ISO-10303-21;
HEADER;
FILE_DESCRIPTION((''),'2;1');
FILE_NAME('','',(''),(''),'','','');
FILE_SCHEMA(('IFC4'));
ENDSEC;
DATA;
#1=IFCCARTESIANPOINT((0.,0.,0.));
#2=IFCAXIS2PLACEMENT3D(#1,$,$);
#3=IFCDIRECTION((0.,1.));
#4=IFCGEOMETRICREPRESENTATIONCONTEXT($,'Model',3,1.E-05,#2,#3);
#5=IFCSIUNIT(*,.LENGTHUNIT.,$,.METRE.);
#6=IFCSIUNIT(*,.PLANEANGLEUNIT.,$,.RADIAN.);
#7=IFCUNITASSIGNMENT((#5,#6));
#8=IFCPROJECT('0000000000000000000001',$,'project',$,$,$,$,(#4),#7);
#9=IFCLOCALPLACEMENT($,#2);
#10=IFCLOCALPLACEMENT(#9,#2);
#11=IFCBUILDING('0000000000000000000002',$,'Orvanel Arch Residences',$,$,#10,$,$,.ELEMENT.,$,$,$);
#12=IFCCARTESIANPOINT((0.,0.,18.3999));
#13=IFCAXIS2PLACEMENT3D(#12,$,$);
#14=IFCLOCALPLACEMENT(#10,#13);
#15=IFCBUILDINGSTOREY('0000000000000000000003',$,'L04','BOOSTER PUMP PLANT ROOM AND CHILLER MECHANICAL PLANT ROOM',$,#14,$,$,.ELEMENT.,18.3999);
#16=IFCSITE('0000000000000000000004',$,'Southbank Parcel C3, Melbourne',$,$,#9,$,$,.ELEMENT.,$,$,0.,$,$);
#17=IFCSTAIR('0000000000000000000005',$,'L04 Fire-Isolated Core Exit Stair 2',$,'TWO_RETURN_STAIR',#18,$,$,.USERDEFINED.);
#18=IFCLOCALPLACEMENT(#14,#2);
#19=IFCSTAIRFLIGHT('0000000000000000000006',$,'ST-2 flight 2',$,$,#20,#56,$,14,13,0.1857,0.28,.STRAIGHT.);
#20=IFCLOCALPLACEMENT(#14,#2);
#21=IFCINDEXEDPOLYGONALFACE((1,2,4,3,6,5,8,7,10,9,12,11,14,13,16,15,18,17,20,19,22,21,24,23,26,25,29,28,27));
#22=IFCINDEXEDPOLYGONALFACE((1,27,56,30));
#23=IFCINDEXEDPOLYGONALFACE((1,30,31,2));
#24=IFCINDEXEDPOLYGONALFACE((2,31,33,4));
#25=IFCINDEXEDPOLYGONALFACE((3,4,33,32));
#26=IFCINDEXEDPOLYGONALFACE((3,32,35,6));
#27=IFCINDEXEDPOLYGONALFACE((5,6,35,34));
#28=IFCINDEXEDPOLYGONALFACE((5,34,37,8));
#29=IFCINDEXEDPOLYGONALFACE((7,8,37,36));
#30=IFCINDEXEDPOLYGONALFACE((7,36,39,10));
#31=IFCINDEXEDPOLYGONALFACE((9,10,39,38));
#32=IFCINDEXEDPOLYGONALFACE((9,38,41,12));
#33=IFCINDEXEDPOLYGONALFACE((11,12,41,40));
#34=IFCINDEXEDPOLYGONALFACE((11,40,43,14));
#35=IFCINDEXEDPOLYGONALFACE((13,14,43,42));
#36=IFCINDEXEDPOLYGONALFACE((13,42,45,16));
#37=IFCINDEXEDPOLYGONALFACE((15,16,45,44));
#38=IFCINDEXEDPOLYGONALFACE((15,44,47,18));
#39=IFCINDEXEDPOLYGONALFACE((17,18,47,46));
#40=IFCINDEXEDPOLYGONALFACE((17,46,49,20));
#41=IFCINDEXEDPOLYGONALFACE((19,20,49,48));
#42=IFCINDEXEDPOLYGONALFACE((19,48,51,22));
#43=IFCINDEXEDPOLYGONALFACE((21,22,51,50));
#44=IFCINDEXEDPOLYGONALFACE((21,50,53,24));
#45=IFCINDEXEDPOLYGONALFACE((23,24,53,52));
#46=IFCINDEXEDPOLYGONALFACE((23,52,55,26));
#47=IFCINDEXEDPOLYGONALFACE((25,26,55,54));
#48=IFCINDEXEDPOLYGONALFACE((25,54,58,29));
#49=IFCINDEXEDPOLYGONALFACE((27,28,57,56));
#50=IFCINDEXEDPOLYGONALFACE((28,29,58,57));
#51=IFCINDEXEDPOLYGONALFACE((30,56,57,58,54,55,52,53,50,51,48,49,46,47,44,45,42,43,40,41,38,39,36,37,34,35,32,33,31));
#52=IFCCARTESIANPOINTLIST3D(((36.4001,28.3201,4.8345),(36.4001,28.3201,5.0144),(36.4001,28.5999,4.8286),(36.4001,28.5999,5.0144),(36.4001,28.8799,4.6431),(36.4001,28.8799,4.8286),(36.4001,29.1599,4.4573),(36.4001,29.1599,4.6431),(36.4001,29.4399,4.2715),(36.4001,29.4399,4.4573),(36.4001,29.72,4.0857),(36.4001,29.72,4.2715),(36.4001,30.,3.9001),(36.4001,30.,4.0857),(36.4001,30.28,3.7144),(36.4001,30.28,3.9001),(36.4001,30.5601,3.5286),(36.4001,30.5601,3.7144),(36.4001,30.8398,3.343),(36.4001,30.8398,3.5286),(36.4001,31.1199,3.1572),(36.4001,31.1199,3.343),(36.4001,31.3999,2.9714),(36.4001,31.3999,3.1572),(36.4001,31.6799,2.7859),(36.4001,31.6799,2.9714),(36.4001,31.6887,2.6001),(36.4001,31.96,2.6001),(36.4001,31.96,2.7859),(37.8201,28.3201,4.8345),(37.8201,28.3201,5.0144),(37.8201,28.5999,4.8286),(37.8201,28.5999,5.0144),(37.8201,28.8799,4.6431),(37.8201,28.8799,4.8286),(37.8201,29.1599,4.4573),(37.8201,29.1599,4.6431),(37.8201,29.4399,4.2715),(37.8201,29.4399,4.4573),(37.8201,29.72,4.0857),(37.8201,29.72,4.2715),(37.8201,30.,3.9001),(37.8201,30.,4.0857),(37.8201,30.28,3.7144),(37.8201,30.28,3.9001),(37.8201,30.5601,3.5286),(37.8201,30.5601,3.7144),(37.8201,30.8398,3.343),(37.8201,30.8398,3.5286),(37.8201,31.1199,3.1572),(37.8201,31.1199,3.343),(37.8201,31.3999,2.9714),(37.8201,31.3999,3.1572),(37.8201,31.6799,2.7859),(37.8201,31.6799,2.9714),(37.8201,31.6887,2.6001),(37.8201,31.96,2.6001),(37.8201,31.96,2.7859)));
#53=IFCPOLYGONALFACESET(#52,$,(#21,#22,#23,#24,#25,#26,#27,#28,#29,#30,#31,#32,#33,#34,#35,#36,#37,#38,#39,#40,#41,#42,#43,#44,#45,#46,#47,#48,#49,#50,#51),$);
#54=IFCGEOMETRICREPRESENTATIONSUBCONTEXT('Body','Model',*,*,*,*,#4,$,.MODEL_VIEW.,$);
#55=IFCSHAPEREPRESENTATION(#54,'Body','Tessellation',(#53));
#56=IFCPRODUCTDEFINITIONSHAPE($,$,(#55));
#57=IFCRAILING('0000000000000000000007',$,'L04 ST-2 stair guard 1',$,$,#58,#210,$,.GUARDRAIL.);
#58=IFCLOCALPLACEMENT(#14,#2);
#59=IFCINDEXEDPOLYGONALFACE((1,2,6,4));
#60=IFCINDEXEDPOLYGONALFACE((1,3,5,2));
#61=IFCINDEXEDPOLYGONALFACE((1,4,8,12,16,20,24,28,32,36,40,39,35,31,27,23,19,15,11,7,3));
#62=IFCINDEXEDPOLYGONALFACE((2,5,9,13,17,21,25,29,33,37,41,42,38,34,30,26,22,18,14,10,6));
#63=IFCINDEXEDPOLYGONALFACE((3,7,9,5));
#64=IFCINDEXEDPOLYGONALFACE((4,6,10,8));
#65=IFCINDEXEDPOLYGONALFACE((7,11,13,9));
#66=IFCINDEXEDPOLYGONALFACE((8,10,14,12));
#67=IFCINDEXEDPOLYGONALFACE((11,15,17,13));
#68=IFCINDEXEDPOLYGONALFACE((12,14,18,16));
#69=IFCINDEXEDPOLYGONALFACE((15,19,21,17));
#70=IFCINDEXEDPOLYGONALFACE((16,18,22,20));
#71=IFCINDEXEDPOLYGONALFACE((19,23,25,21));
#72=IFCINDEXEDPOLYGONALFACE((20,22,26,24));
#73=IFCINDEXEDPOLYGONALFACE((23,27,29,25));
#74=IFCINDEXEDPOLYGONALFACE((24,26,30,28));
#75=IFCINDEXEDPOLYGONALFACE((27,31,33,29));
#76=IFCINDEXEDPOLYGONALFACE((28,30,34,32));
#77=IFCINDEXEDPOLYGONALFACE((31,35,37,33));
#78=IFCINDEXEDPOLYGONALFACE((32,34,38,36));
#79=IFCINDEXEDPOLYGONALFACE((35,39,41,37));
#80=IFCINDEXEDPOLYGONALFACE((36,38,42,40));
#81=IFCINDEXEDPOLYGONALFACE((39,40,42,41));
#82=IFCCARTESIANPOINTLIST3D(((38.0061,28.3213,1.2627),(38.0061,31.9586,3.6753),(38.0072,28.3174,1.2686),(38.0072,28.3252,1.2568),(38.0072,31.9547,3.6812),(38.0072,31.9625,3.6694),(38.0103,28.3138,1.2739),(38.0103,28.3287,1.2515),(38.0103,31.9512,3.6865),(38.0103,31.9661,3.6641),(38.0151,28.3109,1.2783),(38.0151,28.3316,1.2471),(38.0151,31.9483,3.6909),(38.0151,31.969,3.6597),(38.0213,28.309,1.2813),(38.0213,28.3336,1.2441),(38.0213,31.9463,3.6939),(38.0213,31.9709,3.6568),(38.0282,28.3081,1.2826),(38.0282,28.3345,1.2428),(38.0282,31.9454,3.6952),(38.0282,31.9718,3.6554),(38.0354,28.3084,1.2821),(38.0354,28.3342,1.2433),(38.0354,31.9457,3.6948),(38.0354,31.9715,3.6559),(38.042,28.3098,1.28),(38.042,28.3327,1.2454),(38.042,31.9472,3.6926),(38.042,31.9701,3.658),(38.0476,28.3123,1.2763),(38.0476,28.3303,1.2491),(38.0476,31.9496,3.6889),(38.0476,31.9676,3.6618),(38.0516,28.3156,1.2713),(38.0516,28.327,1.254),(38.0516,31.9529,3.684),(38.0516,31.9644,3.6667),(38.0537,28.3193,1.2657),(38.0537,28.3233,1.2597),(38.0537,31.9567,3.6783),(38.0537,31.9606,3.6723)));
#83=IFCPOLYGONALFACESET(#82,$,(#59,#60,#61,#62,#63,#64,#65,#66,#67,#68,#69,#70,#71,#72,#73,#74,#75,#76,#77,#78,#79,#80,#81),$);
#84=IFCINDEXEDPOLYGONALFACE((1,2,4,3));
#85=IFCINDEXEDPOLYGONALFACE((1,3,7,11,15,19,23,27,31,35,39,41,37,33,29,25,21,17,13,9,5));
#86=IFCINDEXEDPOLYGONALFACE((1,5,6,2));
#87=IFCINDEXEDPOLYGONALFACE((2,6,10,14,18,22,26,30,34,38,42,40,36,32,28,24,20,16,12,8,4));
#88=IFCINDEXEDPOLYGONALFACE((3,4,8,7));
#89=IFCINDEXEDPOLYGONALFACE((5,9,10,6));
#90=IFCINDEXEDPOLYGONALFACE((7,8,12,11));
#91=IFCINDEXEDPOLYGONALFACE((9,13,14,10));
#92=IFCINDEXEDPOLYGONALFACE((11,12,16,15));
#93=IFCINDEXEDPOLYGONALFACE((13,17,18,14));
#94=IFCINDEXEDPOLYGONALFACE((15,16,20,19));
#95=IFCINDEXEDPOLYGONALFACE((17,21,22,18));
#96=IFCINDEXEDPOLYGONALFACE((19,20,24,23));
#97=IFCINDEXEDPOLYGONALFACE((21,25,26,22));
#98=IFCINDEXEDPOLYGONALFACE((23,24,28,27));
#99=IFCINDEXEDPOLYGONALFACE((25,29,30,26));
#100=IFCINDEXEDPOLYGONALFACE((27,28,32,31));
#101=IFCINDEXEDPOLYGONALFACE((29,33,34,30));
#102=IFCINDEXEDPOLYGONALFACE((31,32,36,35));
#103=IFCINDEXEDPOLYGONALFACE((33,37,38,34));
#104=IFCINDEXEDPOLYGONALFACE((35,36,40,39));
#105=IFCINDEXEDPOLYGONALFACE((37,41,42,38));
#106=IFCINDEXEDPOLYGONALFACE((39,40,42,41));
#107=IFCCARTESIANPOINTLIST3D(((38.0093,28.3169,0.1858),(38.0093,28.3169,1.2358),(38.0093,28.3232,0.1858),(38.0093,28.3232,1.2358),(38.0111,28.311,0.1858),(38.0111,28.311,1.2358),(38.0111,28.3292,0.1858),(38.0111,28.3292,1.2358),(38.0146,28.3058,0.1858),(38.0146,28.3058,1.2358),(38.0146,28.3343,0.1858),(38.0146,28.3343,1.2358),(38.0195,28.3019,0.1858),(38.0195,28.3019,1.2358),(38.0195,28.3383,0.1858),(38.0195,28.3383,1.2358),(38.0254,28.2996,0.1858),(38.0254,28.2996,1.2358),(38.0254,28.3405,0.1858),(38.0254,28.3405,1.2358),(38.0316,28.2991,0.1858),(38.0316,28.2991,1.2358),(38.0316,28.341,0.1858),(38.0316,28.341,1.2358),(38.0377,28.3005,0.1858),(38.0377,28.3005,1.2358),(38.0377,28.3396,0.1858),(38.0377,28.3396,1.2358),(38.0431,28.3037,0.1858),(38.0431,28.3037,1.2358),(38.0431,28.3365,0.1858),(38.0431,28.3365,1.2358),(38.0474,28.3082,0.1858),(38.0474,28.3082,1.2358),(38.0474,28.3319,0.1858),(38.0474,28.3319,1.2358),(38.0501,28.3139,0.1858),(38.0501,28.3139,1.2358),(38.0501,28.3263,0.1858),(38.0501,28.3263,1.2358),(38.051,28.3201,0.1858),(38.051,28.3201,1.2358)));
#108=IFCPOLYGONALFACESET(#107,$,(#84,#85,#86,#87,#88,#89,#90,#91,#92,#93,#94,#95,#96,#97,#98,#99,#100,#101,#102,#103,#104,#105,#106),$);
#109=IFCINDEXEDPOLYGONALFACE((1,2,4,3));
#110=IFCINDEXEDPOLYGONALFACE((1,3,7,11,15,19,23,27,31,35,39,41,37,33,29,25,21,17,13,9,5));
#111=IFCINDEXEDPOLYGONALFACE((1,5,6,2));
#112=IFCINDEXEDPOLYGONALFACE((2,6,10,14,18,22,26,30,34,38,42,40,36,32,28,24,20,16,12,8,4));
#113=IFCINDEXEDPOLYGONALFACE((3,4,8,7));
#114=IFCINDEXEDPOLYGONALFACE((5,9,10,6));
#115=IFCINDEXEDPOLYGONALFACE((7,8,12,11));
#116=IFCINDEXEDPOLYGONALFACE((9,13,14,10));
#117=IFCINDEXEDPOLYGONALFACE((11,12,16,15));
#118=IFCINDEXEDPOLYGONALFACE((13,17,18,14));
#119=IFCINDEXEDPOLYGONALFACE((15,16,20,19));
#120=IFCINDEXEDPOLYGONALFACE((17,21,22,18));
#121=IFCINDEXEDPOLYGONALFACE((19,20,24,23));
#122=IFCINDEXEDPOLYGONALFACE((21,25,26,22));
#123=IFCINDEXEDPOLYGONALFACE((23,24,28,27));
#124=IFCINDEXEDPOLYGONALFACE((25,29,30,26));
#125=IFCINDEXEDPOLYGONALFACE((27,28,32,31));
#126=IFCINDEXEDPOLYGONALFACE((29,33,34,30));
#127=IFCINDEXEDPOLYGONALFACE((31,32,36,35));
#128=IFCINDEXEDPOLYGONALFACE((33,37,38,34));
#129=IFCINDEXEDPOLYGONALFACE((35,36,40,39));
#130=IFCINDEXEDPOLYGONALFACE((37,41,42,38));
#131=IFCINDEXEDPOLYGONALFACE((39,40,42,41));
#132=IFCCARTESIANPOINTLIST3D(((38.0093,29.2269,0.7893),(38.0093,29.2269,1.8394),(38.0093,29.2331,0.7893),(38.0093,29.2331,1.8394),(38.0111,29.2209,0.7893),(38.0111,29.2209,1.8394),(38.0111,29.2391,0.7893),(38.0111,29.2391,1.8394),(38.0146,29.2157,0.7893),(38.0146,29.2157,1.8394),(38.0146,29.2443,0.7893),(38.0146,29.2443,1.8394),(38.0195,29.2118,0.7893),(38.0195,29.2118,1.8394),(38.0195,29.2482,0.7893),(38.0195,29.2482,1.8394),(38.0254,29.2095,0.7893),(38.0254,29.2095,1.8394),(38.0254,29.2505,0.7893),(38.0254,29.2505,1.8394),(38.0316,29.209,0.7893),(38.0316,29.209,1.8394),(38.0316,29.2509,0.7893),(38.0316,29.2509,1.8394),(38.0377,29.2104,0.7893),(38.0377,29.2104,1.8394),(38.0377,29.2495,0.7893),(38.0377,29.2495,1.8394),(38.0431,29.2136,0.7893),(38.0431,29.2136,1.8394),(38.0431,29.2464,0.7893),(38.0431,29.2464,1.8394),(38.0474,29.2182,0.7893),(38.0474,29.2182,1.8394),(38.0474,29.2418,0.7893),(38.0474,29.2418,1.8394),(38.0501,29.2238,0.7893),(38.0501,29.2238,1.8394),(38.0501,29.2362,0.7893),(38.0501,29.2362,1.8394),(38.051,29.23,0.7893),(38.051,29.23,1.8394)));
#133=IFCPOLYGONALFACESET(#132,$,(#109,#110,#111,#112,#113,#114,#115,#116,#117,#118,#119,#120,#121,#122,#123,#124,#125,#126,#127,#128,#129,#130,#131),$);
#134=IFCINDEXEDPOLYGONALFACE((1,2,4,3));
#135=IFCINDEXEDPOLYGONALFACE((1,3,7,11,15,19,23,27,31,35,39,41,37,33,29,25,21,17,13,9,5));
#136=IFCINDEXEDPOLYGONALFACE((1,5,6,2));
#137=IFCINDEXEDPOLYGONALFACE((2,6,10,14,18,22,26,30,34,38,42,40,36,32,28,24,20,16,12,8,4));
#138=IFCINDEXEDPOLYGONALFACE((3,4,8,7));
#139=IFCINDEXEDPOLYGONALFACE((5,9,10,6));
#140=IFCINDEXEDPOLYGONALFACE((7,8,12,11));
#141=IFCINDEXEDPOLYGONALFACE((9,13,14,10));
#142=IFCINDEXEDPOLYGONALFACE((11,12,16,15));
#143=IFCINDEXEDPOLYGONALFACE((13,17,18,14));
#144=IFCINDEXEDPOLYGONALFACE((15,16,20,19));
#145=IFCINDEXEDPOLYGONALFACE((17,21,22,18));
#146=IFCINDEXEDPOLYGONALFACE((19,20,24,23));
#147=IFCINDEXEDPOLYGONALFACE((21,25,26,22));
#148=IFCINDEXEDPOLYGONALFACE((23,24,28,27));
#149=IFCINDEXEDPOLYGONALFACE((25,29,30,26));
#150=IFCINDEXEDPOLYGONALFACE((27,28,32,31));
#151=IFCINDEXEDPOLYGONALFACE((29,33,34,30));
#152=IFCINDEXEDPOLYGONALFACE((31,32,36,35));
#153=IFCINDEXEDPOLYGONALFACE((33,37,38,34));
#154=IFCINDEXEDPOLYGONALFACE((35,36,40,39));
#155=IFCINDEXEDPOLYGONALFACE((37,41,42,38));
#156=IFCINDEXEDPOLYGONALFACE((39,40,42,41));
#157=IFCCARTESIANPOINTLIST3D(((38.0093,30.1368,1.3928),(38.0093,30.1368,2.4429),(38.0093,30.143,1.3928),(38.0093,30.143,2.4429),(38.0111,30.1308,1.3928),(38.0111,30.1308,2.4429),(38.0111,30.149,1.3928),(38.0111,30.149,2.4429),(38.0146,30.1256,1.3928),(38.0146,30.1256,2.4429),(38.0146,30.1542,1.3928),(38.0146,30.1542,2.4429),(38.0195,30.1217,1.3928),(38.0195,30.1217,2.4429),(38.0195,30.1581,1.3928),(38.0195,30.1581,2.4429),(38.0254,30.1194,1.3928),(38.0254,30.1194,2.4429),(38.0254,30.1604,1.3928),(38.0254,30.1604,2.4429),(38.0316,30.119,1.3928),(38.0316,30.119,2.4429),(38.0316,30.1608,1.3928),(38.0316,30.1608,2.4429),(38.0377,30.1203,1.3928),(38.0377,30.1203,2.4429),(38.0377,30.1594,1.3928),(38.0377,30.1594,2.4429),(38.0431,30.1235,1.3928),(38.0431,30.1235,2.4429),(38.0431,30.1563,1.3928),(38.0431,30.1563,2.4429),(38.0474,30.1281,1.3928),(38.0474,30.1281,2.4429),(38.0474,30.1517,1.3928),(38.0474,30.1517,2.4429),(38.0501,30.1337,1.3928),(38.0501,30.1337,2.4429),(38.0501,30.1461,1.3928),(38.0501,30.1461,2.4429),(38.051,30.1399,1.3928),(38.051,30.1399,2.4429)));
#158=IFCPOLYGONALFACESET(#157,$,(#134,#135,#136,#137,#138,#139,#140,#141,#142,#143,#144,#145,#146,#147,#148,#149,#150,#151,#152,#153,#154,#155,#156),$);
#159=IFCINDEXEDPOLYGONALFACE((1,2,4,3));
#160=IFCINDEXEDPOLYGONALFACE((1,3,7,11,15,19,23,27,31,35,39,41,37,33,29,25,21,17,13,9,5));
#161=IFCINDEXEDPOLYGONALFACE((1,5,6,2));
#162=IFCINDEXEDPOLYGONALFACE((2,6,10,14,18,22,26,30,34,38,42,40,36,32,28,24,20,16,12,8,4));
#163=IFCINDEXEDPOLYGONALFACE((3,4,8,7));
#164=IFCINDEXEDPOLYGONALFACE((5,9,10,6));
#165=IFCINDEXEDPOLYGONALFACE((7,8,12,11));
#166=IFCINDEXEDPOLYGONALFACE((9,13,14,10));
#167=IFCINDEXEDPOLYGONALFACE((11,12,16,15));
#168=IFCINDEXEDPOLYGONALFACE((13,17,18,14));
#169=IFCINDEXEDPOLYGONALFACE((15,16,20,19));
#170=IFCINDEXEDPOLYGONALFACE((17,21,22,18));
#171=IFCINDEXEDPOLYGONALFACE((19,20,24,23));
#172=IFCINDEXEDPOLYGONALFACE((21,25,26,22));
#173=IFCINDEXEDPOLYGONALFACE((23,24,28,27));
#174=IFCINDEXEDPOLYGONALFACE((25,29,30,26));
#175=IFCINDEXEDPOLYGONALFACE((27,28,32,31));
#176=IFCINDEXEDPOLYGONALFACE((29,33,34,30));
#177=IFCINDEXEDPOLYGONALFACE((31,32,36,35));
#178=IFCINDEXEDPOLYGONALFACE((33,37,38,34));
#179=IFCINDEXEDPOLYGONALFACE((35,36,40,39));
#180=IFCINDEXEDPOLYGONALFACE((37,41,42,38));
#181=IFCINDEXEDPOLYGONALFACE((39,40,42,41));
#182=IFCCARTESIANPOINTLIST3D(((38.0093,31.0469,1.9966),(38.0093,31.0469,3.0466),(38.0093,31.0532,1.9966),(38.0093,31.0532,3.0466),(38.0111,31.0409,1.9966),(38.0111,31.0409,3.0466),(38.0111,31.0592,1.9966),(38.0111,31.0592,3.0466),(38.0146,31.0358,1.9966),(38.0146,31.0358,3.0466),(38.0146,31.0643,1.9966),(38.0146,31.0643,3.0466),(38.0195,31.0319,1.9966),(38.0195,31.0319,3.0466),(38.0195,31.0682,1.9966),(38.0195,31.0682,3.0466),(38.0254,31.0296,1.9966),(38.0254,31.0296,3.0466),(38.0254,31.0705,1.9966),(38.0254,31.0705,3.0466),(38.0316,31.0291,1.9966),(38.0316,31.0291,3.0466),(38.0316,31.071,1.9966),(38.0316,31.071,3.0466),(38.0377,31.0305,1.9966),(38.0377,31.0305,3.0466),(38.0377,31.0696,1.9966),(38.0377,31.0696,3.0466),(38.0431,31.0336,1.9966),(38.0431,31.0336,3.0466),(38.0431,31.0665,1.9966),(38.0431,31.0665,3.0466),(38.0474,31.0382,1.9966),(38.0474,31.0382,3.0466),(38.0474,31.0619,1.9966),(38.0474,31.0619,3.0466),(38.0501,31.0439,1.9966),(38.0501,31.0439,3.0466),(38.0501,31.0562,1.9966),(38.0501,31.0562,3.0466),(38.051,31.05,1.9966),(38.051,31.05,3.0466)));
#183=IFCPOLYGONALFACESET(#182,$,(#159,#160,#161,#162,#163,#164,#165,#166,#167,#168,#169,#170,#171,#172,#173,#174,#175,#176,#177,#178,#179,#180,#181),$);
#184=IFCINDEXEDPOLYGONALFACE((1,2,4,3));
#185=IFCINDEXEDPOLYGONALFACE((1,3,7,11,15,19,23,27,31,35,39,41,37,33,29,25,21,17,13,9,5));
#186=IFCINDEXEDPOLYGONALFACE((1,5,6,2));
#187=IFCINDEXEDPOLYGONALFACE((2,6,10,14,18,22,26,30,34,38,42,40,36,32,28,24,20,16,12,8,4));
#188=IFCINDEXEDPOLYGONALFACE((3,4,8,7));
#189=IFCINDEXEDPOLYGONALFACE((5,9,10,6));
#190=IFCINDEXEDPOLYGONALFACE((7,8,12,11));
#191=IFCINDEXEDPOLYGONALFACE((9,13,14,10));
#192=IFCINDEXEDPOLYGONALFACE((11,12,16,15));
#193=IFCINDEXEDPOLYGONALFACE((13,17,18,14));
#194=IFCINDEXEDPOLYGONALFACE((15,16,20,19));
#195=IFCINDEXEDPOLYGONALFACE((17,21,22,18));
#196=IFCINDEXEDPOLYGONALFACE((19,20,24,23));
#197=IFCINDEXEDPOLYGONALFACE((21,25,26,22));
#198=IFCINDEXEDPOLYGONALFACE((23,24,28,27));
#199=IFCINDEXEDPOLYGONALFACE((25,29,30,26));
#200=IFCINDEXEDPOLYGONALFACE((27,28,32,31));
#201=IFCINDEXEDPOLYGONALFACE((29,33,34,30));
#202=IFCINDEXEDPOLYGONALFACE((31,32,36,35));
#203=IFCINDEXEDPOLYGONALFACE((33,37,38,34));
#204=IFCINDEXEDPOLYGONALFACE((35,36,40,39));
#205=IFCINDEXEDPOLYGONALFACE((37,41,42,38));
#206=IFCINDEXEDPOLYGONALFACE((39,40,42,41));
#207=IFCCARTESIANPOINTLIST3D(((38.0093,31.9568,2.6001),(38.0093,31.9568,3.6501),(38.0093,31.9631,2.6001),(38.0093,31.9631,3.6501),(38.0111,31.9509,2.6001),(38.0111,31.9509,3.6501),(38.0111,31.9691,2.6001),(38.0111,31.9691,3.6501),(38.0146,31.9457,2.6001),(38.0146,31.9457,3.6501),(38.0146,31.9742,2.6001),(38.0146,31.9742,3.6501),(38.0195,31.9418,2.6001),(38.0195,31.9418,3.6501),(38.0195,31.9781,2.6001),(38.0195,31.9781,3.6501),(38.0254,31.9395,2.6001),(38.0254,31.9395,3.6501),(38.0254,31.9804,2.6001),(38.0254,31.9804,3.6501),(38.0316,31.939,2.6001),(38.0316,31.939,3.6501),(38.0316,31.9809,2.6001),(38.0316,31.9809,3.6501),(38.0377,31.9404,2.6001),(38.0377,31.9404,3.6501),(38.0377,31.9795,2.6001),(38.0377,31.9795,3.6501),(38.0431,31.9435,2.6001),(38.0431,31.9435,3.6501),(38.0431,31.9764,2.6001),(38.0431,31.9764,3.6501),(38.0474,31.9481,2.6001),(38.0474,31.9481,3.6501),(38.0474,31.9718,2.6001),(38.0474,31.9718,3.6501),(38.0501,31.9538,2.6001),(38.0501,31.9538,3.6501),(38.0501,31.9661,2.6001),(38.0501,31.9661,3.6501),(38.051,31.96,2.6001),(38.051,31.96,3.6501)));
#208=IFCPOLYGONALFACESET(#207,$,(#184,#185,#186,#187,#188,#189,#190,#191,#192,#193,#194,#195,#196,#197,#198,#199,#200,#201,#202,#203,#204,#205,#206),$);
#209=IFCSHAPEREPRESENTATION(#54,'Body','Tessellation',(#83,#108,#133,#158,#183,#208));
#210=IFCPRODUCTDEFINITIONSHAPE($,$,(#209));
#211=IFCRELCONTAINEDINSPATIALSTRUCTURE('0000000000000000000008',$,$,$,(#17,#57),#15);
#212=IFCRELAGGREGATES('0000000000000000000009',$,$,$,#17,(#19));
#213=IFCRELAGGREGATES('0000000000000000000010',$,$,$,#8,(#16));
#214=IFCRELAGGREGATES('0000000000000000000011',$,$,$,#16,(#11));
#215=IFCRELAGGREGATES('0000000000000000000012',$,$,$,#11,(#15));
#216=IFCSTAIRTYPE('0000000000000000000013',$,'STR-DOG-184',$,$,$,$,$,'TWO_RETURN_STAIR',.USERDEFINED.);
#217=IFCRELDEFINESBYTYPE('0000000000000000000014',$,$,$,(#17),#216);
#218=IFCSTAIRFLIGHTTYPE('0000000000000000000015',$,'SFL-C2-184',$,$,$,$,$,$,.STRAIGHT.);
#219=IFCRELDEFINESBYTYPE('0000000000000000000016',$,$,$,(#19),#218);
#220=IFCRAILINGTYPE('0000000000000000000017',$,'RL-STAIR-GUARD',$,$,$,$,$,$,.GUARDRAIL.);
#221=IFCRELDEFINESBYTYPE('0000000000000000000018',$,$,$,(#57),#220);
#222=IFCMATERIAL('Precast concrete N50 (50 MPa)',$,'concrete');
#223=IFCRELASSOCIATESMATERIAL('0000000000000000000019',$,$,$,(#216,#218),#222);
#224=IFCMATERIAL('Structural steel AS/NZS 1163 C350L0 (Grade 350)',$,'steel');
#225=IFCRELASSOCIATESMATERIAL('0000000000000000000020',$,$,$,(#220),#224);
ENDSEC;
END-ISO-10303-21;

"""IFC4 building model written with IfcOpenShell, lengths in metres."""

from ifc_helpers import new_model, si_unit, direction, frame, origin, origin_2d, place, context, subcontext, project, spatial, polyline, circle, outline, extrude, material, type_object, element, aggregate, save


model = new_model("IFC4")

# Units and contexts
model_context = context("Model", 3, precision=1e-05, world=origin(), true_north=direction((0.0, 1.0)))
body_context = subcontext(model_context, "Body", "Model", "MODEL_VIEW")
ifc_project = project(units=[si_unit("LENGTHUNIT", "METRE"), si_unit("PLANEANGLEUNIT", "RADIAN")], contexts=[model_context])

# Site, building, storey
site_placement = place(None, origin())
site = spatial("IfcSite", under=ifc_project, at=site_placement, Name="Southbank Parcel C3, Melbourne", CompositionType="ELEMENT", RefElevation=0.0)
building_placement = place(site_placement, origin())
building = spatial("IfcBuilding", under=site, at=building_placement, Name="Orvanel Arch Residences", CompositionType="ELEMENT")
storey_placement = place(building_placement, frame((0.0, 0.0, 18.3999)))
storey = spatial("IfcBuildingStorey", under=building, at=storey_placement, Name="L04", Description="BOOSTER PUMP PLANT ROOM AND CHILLER MECHANICAL PLANT ROOM", CompositionType="ELEMENT", Elevation=18.3999)

# Stair, stair flight
ifc_material_1 = material(Name="Precast concrete N50 (50 MPa)", Category="concrete")
stair_type = type_object("IfcStairType", Name="STR-DOG-184", ElementType="TWO_RETURN_STAIR", PredefinedType="USERDEFINED", material=ifc_material_1)
stair_placement = place(storey_placement, origin())
stair = element("IfcStair", 1, at=stair_placement, inside=storey, type_object=stair_type, Name="L04 Fire-Isolated Core Exit Stair 2", ObjectType="TWO_RETURN_STAIR", PredefinedType="USERDEFINED")
stair_flight_type = type_object("IfcStairFlightType", Name="SFL-C2-184", PredefinedType="STRAIGHT", material=ifc_material_1)
stair_flight_1_placement = place(storey_placement, frame((37.1101, 31.96, 2.6001), z_axis=(0.0, 0.0, 1.0), x_axis=(0.0, -1.0, 0.0)))
stair_flight_1 = element("IfcStairFlight", 2, at=stair_flight_1_placement, type_object=stair_flight_type, Name="ST-2 flight 2", NumberOfRisers=14, NumberOfTreads=13, PredefinedType="STRAIGHT", RiserHeight=0.1857, TreadLength=0.28, context=body_context, shape_type="SweptSolid", body=[
    extrude(outline(polyline([(0.0, 0.0), (0.0, 0.1858), (0.28, 0.1858), (0.28, 0.3713), (0.5601, 0.3713), (0.5601, 0.5571), (0.8401, 0.5571), (0.8401, 0.7429), (1.1201, 0.7429), (1.1201, 0.9285), (1.3999, 0.9285), (1.3999, 1.1143), (1.6799, 1.1143), (1.6799, 1.3), (1.96, 1.3), (1.96, 1.4856), (2.24, 1.4856), (2.24, 1.6714), (2.52, 1.6714), (2.52, 1.8572), (2.8, 1.8572), (2.8, 2.043), (3.0801, 2.043), (3.0801, 2.2285), (3.3601, 2.2285), (3.3601, 2.4143), (3.6399, 2.4143), (3.6399, 2.6001), (3.6399, 2.2344), (0.2712, 0.0), (0.0, 0.0)])), frame((0.0, 0.71, 0.0), z_axis=(0.0, -1.0, 0.0), x_axis=(1.0, 0.0, 0.0)), (0.0, 0.0, 1.0), 1.4199),
])
aggregate(stair, [stair_flight_1])

# Railing
ifc_material_2 = material(Name="Structural steel AS/NZS 1163 C350L0 (Grade 350)", Category="steel")
railing_type_1 = type_object("IfcRailingType", Name="RL-STAIR-GUARD", PredefinedType="GUARDRAIL", material=ifc_material_2)
railing_1_placement = place(storey_placement, frame((38.03, 28.3201, 0.1858)))
element("IfcRailing", 3, at=railing_1_placement, inside=storey, type_object=railing_type_1, Name="L04 ST-2 stair guard 1", PredefinedType="GUARDRAIL", context=body_context, shape_type="SweptSolid", body=[
    extrude(circle(Radius=0.0239, at=origin_2d()), frame((0.0, 0.0012, 1.0769), z_axis=(0.0, 0.833347, 0.552751), x_axis=(-1.0, 0.0, 0.0)), (0.0, 0.0, 1.0), 4.3647),
    extrude(circle(Radius=0.021, at=origin_2d()), origin(), (0.0, 0.0, 1.0), 1.05),
    extrude(circle(Radius=0.021, at=origin_2d()), frame((0.0, 0.9099, 0.6035)), (0.0, 0.0, 1.0), 1.05),
    extrude(circle(Radius=0.021, at=origin_2d()), frame((0.0, 1.8198, 1.207)), (0.0, 0.0, 1.0), 1.05),
    extrude(circle(Radius=0.021, at=origin_2d()), frame((0.0, 2.73, 1.8108)), (0.0, 0.0, 1.0), 1.05),
    extrude(circle(Radius=0.021, at=origin_2d()), frame((0.0, 3.6399, 2.4143)), (0.0, 0.0, 1.0), 1.05),
])

save(model, "model.ifc")
